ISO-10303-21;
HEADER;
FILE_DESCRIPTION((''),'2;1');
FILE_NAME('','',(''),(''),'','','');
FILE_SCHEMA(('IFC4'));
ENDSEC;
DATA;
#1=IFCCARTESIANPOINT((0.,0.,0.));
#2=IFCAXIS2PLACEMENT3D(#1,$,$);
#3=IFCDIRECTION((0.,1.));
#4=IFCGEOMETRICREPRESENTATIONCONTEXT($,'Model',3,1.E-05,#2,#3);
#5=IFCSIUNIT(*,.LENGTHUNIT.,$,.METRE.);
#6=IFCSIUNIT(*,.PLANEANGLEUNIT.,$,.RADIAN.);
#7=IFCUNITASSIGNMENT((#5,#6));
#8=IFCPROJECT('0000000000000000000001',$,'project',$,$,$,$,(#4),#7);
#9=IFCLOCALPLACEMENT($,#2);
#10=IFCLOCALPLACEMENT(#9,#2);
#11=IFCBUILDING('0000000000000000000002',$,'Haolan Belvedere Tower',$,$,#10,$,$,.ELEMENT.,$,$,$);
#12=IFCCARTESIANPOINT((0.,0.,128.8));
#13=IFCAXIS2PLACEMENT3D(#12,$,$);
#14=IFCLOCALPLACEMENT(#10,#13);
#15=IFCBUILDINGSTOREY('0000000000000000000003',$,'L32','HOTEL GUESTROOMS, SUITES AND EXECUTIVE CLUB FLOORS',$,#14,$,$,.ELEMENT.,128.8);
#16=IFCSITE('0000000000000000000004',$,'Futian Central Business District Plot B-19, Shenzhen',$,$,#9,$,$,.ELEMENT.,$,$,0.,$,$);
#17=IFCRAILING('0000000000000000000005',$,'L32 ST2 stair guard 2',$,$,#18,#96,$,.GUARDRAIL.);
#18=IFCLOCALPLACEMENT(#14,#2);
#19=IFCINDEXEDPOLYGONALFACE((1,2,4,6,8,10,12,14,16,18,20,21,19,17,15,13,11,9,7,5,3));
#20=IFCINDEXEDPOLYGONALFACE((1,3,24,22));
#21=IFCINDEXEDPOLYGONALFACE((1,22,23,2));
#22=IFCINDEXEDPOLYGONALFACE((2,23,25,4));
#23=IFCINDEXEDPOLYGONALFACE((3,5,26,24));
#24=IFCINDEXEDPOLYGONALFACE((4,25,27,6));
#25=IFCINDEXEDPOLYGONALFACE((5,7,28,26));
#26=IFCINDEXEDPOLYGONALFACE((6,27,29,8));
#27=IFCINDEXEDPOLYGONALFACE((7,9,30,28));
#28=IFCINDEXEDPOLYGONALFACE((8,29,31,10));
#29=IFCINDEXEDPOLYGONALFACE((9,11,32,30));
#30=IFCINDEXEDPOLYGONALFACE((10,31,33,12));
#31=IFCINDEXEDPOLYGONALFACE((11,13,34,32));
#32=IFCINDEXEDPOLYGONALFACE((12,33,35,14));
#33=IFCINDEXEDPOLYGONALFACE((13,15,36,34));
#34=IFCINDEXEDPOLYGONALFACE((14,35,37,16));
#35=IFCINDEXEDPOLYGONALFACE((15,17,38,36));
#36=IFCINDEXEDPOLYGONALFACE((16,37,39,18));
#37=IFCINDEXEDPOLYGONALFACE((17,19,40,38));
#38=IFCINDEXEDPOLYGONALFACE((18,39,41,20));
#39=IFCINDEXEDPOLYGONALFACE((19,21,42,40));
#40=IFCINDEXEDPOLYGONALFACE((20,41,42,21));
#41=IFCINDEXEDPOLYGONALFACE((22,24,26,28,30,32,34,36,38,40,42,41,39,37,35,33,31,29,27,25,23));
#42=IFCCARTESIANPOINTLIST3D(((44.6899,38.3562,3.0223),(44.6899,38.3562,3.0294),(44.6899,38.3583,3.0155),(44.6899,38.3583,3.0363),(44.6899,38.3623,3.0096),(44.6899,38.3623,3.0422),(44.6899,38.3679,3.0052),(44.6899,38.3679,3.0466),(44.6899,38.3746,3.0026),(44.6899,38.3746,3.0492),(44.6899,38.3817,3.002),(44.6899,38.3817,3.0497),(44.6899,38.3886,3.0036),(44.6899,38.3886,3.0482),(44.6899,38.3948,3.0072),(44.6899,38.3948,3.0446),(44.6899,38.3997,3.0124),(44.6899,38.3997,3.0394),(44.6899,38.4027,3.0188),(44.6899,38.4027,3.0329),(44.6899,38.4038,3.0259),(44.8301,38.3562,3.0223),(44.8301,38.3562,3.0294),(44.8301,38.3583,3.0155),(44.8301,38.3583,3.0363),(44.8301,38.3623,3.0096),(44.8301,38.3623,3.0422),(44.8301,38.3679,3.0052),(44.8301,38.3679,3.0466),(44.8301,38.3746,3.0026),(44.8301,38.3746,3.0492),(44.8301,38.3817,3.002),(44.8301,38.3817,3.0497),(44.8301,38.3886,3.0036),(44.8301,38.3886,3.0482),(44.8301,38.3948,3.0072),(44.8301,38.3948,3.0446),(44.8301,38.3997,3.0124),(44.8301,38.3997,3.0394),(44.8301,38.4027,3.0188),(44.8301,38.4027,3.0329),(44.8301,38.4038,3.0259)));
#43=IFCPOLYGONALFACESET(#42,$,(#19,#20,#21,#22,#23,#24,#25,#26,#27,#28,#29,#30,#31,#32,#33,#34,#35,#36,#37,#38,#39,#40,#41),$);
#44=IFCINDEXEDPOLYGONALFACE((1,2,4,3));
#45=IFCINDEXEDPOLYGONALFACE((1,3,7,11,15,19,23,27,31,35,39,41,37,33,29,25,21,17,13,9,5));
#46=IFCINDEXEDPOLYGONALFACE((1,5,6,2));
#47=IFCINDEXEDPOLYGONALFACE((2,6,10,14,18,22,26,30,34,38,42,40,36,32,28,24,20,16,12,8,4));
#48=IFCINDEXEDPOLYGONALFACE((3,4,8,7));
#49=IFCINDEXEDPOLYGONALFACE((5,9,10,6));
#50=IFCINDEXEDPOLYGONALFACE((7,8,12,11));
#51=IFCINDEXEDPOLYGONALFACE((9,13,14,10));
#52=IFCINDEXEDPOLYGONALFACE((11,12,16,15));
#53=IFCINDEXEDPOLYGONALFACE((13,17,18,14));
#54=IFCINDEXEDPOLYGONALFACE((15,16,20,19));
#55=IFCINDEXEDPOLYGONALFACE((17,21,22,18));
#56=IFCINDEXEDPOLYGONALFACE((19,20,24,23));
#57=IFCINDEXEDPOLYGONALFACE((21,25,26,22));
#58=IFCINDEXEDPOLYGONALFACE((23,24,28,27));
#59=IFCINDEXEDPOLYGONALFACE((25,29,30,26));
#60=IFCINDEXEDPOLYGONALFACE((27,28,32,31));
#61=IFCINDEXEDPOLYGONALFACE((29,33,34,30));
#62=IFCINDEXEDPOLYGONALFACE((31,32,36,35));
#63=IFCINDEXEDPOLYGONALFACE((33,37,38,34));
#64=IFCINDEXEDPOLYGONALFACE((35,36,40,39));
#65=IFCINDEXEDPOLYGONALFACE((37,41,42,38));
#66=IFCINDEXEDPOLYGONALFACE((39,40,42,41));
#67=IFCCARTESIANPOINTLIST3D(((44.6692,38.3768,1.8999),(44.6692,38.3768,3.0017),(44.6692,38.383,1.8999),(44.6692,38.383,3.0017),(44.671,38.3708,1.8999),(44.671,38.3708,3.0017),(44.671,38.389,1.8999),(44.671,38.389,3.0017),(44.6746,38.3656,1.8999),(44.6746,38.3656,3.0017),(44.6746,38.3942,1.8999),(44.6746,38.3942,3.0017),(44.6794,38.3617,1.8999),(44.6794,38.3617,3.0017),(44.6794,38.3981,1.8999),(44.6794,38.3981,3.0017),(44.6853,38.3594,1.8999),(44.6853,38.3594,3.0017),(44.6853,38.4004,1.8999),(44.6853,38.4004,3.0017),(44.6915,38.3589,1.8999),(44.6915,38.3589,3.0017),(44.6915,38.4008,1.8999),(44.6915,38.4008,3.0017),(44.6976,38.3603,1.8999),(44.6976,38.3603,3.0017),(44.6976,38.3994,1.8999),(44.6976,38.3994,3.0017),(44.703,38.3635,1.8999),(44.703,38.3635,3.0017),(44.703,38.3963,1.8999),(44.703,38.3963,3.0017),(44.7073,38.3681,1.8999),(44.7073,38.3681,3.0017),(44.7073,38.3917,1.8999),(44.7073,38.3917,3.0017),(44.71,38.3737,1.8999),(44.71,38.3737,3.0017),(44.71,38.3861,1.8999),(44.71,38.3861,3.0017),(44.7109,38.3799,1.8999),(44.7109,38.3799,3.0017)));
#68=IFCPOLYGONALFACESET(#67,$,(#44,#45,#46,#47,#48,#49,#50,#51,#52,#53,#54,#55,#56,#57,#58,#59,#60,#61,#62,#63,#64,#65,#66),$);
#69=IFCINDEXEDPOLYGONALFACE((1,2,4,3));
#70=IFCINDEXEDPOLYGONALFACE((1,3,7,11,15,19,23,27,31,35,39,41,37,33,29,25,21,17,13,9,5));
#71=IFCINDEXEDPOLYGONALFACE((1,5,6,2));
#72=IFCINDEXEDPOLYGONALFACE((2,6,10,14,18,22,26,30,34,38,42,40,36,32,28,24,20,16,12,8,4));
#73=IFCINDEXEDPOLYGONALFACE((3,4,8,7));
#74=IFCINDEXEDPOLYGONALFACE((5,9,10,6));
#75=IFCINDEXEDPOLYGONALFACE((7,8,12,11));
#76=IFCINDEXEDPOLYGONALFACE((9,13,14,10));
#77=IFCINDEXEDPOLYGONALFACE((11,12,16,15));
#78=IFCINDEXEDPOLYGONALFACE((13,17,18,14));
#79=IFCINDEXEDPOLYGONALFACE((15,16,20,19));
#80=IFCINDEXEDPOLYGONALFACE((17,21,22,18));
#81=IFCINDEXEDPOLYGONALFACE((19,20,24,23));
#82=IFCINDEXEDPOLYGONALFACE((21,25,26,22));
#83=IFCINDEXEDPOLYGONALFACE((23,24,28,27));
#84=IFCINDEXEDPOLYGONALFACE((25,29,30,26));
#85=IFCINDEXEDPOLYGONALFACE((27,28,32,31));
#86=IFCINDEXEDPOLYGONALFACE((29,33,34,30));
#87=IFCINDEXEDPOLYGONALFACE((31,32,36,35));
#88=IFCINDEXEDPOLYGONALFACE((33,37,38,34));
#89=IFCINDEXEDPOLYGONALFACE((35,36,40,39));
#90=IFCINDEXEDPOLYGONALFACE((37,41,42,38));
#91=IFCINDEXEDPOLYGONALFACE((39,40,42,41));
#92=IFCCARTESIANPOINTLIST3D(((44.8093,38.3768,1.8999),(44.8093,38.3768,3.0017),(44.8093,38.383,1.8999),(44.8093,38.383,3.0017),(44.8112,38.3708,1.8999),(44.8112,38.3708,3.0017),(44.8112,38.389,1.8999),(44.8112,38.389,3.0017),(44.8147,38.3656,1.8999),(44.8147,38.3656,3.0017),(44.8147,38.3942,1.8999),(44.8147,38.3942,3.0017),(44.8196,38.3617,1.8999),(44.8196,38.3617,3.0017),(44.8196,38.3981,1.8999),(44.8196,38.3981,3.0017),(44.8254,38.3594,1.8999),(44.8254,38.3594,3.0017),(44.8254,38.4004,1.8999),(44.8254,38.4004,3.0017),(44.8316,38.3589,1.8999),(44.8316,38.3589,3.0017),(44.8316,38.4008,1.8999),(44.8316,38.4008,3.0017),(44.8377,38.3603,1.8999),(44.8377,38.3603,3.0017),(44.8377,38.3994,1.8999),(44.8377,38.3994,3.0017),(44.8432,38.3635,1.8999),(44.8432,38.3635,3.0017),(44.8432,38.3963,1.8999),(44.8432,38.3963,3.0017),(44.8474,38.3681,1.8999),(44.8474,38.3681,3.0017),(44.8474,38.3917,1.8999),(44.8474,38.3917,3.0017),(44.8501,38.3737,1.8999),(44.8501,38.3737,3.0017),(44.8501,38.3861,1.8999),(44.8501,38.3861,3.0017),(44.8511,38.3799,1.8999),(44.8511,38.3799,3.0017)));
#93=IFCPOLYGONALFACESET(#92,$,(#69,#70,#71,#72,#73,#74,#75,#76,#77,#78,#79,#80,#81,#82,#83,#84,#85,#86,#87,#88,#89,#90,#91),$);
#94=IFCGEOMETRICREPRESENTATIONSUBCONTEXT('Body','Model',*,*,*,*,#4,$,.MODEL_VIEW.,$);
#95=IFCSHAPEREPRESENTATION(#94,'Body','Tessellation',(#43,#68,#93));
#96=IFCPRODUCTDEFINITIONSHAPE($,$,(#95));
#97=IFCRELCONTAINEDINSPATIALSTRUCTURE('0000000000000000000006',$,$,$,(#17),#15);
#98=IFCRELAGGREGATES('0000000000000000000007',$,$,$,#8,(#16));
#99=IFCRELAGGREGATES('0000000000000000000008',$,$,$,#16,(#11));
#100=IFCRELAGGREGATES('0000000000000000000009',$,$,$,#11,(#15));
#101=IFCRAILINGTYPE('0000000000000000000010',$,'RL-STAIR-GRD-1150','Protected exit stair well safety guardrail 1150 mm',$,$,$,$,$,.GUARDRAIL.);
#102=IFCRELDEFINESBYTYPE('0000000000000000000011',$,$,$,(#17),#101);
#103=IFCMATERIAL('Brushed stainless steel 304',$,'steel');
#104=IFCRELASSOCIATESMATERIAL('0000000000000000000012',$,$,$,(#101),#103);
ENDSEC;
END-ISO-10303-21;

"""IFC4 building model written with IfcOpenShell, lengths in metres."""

from ifc_helpers import new_model, si_unit, direction, frame, origin, origin_2d, place, context, subcontext, project, spatial, circle, extrude, material, type_object, element, save


model = new_model("IFC4")

# Units and contexts
model_context = context("Model", 3, precision=1e-05, world=origin(), true_north=direction((0.0, 1.0)))
body_context = subcontext(model_context, "Body", "Model", "MODEL_VIEW")
ifc_project = project(units=[si_unit("LENGTHUNIT", "METRE"), si_unit("PLANEANGLEUNIT", "RADIAN")], contexts=[model_context])

# Site, building, storey
site_placement = place(None, origin())
site = spatial("IfcSite", under=ifc_project, at=site_placement, Name="Futian Central Business District Plot B-19, Shenzhen", CompositionType="ELEMENT", RefElevation=0.0)
building_placement = place(site_placement, origin())
building = spatial("IfcBuilding", under=site, at=building_placement, Name="Haolan Belvedere Tower", CompositionType="ELEMENT")
storey_placement = place(building_placement, frame((0.0, 0.0, 128.8)))
storey = spatial("IfcBuildingStorey", under=building, at=storey_placement, Name="L32", Description="HOTEL GUESTROOMS, SUITES AND EXECUTIVE CLUB FLOORS", CompositionType="ELEMENT", Elevation=128.8)

# Railing
ifc_material_1 = material(Name="Brushed stainless steel 304", Category="steel")
railing_type_1 = type_object("IfcRailingType", Name="RL-STAIR-GRD-1150", Description="Protected exit stair well safety guardrail 1150 mm", PredefinedType="GUARDRAIL", material=ifc_material_1)
railing_1_placement = place(storey_placement, frame((44.6899, 38.3799, 1.8999)))
element("IfcRailing", 1, at=railing_1_placement, inside=storey, type_object=railing_type_1, Name="L32 ST2 stair guard 2", PredefinedType="GUARDRAIL", context=body_context, shape_type="SweptSolid", body=[
    extrude(circle(Radius=0.0239, at=origin_2d()), frame((0.0, 0.0, 1.126), z_axis=(1.0, 0.0, 0.0), x_axis=(0.0, 1.0, 0.0)), (0.0, 0.0, 1.0), 0.1401),
    extrude(circle(Radius=0.021, at=origin_2d()), origin(), (0.0, 0.0, 1.0), 1.1018),
    extrude(circle(Radius=0.021, at=origin_2d()), frame((0.1401, 0.0, 0.0)), (0.0, 0.0, 1.0), 1.1018),
])

save(model, "model.ifc")
